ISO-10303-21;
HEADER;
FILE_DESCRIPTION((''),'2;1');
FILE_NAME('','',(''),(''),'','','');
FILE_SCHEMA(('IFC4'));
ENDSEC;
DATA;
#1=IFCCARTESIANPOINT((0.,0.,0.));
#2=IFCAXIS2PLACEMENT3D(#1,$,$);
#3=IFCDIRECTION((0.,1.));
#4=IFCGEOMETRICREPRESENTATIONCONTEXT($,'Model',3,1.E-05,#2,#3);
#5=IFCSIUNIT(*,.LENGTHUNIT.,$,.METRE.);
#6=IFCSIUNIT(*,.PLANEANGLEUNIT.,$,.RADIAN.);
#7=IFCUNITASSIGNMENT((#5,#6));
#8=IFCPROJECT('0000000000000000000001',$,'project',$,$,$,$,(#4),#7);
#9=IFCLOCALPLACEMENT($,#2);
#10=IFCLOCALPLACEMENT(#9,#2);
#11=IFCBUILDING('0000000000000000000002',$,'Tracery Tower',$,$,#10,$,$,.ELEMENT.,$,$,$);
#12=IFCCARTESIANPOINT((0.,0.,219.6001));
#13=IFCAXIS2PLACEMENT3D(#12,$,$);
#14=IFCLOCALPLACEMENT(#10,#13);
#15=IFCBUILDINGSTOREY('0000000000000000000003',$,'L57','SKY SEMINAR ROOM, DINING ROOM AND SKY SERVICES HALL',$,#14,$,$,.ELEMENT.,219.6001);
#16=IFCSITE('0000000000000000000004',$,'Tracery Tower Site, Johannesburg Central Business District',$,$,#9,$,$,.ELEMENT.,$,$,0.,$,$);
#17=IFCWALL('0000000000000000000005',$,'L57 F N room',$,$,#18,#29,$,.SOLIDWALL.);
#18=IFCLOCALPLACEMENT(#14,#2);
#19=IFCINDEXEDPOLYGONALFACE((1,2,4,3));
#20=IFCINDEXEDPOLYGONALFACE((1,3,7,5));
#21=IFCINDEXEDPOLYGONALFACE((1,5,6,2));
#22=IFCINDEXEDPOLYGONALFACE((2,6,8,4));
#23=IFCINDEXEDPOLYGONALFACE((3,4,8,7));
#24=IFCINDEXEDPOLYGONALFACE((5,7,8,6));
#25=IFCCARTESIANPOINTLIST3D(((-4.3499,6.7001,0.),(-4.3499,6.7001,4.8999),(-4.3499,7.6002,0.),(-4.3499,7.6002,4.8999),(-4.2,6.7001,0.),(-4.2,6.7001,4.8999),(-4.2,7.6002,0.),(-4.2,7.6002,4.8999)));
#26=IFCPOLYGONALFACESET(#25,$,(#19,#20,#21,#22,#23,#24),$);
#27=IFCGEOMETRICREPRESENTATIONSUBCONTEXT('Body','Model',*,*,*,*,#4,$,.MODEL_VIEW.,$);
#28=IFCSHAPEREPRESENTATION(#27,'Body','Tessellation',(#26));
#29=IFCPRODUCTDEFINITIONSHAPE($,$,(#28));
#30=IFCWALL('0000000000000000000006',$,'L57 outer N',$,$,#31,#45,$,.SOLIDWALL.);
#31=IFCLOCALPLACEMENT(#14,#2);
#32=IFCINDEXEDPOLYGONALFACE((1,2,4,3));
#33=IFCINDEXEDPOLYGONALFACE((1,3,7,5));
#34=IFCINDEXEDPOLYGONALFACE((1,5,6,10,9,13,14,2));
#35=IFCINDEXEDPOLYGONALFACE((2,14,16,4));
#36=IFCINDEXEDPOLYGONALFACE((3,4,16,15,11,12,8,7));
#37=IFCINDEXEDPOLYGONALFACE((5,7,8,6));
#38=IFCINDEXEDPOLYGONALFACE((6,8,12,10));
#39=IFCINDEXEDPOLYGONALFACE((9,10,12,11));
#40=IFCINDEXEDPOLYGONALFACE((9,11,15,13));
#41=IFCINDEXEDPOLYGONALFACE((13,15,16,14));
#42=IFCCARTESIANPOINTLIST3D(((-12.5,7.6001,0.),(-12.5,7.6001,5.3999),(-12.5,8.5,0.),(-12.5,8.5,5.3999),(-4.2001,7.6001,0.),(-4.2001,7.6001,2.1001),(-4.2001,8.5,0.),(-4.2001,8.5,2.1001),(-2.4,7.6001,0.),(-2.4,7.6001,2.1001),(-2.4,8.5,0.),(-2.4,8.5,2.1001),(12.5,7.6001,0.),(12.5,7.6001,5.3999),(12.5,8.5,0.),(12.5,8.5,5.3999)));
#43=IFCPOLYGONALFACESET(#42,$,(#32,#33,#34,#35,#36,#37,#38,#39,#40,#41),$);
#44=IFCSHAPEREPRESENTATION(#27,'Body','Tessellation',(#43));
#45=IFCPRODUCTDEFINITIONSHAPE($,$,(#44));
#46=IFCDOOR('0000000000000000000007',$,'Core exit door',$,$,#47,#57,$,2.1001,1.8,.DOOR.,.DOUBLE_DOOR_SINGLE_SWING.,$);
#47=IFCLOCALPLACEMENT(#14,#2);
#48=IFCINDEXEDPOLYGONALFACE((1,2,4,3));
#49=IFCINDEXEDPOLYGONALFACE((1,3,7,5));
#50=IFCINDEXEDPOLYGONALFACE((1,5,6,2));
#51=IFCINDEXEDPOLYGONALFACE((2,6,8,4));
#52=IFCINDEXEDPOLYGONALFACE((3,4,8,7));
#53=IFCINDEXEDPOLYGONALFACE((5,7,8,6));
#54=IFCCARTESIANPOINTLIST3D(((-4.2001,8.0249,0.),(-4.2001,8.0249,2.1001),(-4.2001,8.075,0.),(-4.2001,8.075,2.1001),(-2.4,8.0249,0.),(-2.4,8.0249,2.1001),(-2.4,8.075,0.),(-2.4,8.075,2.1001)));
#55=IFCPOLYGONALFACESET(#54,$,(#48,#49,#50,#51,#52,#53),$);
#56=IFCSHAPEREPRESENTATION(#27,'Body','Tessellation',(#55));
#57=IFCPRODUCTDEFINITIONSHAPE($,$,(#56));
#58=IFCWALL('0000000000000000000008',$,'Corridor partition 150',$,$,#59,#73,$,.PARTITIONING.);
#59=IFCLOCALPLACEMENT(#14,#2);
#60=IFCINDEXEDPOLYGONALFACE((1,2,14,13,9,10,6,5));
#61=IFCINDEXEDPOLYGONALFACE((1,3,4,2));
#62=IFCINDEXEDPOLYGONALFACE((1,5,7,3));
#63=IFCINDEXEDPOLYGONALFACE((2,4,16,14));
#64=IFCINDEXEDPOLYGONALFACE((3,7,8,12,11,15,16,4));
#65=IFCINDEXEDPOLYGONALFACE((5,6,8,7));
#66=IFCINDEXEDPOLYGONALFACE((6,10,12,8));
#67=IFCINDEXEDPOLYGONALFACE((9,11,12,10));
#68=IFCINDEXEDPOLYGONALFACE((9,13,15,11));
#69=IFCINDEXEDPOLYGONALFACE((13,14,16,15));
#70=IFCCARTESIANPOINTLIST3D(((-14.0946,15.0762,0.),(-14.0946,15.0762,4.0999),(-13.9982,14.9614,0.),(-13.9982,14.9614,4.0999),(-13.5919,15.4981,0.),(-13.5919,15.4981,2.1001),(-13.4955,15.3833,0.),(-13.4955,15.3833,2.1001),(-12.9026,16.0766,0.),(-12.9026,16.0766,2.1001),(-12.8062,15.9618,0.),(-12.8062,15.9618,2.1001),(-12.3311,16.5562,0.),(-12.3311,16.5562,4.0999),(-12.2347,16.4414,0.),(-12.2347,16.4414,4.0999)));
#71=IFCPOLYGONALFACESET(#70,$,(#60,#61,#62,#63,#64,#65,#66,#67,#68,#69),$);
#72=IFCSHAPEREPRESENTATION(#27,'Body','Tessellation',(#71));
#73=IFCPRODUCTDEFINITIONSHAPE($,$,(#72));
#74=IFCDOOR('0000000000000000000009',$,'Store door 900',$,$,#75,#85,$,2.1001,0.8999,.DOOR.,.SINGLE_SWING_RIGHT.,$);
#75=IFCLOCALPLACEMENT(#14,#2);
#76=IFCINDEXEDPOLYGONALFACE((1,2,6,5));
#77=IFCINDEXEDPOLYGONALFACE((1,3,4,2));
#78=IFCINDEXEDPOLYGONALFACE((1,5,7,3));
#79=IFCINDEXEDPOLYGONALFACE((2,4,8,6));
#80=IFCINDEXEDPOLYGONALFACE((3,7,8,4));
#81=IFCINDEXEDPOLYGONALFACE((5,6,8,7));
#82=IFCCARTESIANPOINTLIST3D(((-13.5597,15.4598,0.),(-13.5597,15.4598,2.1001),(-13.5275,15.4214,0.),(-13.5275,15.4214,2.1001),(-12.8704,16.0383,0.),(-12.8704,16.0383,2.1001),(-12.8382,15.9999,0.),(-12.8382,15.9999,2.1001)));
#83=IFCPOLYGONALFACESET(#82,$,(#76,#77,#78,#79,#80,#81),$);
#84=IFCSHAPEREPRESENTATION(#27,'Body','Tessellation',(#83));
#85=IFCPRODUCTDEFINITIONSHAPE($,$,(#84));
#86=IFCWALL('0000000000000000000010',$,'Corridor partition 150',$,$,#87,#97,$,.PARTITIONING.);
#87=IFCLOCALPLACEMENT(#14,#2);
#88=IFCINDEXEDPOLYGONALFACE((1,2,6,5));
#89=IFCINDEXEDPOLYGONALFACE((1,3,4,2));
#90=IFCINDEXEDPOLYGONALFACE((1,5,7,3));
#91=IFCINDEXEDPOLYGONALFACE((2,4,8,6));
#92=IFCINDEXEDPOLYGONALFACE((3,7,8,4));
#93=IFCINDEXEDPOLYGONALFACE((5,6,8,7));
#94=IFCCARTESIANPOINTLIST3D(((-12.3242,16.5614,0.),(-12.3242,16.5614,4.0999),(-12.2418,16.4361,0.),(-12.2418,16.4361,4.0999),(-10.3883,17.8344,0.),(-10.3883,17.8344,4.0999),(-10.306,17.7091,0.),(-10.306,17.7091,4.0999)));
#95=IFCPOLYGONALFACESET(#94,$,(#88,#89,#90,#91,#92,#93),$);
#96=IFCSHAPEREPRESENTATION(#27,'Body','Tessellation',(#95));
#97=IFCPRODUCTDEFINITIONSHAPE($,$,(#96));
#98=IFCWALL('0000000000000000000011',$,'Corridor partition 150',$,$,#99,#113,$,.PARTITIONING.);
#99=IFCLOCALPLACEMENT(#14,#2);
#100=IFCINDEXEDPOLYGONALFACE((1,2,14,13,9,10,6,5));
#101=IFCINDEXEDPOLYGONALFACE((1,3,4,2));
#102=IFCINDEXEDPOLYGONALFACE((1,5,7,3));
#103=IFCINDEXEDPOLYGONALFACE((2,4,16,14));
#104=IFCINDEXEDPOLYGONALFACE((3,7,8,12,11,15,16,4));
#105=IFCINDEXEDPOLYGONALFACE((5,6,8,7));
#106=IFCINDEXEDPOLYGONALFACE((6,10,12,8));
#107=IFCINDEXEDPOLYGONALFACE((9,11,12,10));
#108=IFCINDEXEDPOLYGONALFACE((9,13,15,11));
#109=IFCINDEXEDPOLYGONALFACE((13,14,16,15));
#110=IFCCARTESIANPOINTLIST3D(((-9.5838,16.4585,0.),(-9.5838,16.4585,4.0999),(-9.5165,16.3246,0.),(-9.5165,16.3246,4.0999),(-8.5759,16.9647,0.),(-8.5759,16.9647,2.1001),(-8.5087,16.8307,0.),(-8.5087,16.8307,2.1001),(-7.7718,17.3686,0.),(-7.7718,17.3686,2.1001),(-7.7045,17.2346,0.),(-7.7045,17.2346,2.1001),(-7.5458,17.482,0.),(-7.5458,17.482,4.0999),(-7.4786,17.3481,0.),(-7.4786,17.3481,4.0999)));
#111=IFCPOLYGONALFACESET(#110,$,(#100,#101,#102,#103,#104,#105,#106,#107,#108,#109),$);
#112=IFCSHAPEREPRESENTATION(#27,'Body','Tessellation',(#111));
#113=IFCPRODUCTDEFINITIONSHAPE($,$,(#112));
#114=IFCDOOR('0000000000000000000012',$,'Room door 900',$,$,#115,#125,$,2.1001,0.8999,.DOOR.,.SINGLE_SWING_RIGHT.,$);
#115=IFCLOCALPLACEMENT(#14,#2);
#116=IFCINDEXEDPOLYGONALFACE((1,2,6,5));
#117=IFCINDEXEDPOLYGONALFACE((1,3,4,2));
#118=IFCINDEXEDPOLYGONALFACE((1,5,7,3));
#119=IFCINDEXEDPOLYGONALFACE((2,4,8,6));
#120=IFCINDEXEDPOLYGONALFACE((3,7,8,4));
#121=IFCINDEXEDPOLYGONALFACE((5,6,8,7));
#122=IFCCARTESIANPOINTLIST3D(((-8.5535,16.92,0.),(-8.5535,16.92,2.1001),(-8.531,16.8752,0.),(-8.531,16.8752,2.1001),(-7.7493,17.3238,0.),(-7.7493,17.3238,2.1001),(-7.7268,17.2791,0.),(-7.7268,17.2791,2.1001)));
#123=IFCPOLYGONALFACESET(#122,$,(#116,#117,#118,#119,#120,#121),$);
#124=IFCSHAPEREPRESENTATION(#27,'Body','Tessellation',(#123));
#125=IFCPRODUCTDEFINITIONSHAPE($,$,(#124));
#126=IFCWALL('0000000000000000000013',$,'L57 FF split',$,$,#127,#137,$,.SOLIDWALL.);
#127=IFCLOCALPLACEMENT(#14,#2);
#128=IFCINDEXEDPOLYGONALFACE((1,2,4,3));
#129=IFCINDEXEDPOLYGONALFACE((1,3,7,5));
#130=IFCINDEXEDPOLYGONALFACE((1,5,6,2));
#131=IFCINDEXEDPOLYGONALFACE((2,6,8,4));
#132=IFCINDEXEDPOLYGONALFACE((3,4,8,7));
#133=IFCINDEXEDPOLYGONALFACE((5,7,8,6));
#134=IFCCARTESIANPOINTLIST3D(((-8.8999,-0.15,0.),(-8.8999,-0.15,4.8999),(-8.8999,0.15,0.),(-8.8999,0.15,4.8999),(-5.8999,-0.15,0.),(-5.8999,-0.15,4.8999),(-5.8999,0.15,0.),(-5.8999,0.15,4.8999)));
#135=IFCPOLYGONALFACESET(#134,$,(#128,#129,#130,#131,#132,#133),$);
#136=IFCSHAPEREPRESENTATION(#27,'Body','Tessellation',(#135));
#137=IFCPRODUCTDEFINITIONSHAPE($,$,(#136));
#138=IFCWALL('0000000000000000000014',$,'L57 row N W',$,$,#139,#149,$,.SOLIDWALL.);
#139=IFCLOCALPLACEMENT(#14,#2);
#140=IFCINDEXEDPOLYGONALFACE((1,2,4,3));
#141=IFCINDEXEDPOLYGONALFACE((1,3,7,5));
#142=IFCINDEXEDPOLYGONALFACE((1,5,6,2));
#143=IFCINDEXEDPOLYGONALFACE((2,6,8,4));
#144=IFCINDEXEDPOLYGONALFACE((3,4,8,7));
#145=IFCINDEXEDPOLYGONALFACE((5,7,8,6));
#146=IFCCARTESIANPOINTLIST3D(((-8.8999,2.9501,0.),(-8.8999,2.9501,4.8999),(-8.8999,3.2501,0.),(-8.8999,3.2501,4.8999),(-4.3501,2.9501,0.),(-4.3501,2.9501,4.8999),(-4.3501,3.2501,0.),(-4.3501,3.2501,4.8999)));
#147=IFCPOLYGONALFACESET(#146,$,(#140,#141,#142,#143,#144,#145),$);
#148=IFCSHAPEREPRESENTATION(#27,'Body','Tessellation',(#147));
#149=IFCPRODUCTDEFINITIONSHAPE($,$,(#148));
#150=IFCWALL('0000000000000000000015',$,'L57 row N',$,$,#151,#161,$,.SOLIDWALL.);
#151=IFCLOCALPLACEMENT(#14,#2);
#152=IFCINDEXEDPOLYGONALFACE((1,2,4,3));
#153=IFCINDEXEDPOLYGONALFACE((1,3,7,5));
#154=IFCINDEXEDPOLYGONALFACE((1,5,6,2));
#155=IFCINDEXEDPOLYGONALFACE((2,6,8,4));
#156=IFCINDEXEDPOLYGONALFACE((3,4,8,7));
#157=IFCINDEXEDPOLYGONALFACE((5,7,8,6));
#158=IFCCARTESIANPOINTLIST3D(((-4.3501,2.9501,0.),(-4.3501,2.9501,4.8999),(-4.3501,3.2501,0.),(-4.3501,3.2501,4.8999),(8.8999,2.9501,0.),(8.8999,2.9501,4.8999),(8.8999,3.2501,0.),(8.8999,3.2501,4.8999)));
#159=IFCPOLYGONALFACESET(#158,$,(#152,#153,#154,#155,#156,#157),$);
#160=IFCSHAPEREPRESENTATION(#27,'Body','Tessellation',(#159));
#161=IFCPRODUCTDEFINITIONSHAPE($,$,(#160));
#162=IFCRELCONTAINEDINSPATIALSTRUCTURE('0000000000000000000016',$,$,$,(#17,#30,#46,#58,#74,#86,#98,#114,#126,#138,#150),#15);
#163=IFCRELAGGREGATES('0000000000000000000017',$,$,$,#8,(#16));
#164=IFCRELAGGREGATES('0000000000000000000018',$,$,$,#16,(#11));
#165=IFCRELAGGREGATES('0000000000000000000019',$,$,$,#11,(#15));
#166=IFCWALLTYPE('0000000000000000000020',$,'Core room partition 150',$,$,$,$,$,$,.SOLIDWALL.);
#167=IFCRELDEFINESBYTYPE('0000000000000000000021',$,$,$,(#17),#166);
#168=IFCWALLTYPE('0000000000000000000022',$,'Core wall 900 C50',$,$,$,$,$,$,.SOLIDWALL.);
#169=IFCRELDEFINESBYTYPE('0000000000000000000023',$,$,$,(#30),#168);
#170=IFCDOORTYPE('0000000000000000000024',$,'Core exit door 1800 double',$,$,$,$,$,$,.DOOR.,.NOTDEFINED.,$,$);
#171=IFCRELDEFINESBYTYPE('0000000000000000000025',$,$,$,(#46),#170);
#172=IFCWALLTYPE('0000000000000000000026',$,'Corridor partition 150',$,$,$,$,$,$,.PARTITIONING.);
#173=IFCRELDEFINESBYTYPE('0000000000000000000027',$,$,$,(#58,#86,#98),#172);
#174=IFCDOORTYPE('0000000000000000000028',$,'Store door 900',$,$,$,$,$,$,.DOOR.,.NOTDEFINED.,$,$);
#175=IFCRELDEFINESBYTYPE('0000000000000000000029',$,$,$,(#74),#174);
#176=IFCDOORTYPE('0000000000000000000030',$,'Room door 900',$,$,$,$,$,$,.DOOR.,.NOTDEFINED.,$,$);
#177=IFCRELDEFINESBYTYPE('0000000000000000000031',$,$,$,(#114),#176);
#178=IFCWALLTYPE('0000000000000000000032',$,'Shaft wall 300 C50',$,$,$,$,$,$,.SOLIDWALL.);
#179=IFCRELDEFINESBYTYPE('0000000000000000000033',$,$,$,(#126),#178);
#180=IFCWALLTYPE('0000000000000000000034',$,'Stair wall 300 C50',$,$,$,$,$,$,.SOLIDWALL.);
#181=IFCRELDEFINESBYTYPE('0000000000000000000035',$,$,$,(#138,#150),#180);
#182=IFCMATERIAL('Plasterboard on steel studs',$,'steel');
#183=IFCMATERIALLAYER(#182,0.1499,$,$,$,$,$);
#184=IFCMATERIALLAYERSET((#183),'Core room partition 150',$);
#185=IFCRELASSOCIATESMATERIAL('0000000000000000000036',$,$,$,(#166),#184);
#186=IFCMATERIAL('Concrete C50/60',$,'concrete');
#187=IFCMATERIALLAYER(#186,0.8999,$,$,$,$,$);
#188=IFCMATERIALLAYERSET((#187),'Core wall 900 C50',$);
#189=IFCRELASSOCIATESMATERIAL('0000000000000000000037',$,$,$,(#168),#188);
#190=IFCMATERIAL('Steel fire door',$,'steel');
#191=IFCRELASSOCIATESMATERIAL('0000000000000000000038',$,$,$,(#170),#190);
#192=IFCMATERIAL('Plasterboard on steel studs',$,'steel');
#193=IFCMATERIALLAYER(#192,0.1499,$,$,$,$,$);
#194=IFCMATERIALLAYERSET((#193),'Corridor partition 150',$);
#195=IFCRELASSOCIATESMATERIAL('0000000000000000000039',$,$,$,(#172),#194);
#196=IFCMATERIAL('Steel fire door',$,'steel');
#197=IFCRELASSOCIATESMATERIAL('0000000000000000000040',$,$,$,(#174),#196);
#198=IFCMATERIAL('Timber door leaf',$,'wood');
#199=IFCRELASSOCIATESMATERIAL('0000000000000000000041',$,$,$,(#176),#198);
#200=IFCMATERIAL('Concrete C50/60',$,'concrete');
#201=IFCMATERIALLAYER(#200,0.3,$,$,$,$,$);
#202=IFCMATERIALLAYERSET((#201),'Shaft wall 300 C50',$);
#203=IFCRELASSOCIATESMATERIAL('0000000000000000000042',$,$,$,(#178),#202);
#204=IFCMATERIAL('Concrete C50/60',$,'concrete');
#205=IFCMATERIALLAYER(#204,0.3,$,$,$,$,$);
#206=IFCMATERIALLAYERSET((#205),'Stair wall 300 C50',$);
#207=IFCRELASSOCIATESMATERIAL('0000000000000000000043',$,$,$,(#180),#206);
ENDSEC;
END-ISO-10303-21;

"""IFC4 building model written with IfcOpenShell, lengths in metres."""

from ifc_helpers import new_model, si_unit, direction, frame, frame_2d, origin, place, context, subcontext, project, spatial, rectangle, extrude, material, layer, layer_set, type_object, element, fill, save


model = new_model("IFC4")

# Units and contexts
model_context = context("Model", 3, precision=1e-05, world=origin(), true_north=direction((0.0, 1.0)))
body_context = subcontext(model_context, "Body", "Model", "MODEL_VIEW")
ifc_project = project(units=[si_unit("LENGTHUNIT", "METRE"), si_unit("PLANEANGLEUNIT", "RADIAN")], contexts=[model_context])

# Site, building, storey
site_placement = place(None, origin())
site = spatial("IfcSite", under=ifc_project, at=site_placement, Name="Tracery Tower Site, Johannesburg Central Business District", CompositionType="ELEMENT", RefElevation=0.0)
building_placement = place(site_placement, origin())
building = spatial("IfcBuilding", under=site, at=building_placement, Name="Tracery Tower", CompositionType="ELEMENT")
storey_placement = place(building_placement, frame((0.0, 0.0, 219.6001)))
storey = spatial("IfcBuildingStorey", under=building, at=storey_placement, Name="L57", Description="SKY SEMINAR ROOM, DINING ROOM AND SKY SERVICES HALL", CompositionType="ELEMENT", Elevation=219.6001)

# Wall
ifc_material_1 = material(Name="Plasterboard on steel studs", Category="steel")
ifc_layer_1 = layer(ifc_material_1, 0.1499)
ifc_layer_set_1 = layer_set([ifc_layer_1], Name="Core room partition 150")
wall_type_1 = type_object("IfcWallType", Name="Core room partition 150", PredefinedType="SOLIDWALL", material=ifc_layer_set_1)
wall_1_placement = place(storey_placement, frame((-4.2749, 6.7, 0.0), z_axis=(0.0, 0.0, 1.0), x_axis=(0.0, 1.0, 0.0)))
element("IfcWall", 1, at=wall_1_placement, inside=storey, type_object=wall_type_1, Name="L57 F N room", PredefinedType="SOLIDWALL", context=body_context, shape_type="SweptSolid", body=[
    extrude(rectangle(XDim=0.9001, YDim=0.1499, at=frame_2d((0.4502, 0.0))), origin(), (0.0, 0.0, 1.0), 4.8999),
])

# Walls, openings, doors
ifc_material_2 = material(Name="Concrete C50/60", Category="concrete")
ifc_layer_2 = layer(ifc_material_2, 0.8999)
ifc_layer_set_2 = layer_set([ifc_layer_2], Name="Core wall 900 C50")
wall_type_2 = type_object("IfcWallType", Name="Core wall 900 C50", PredefinedType="SOLIDWALL", material=ifc_layer_set_2)
wall_2_placement = place(storey_placement, frame((-12.5, 8.05, 0.0), z_axis=(0.0, 0.0, 1.0), x_axis=(1.0, 0.0, 0.0)))
wall_2 = element("IfcWall", 2, at=wall_2_placement, inside=storey, type_object=wall_type_2, Name="L57 outer N", PredefinedType="SOLIDWALL", context=body_context, shape_type="SweptSolid", body=[
    extrude(rectangle(XDim=25.0, YDim=0.8999, at=frame_2d((12.5, 0.0))), origin(), (0.0, 0.0, 1.0), 5.3999),
])
opening_1_placement = place(wall_2_placement, frame((8.3, 0.0, 0.0)))
opening_1 = element("IfcOpeningElement", 3, at=opening_1_placement, cuts=wall_2, PredefinedType="OPENING", context=body_context, shape_type="SweptSolid", body=[
    extrude(rectangle(XDim=1.8, YDim=2.1001, at=frame_2d((0.8999, 1.05))), frame((0.0, 0.45, 0.0), z_axis=(0.0, -1.0, 0.0), x_axis=(1.0, 0.0, 0.0)), (0.0, 0.0, 1.0), 0.8999),
])
ifc_material_3 = material(Name="Steel fire door", Category="steel")
door_type_1 = type_object("IfcDoorType", Name="Core exit door 1800 double", OperationType="NOTDEFINED", PredefinedType="DOOR", material=ifc_material_3)
door_1_placement = place(opening_1_placement, origin())
door_1 = element("IfcDoor", 4, at=door_1_placement, inside=storey, type_object=door_type_1, Name="Core exit door", OperationType="DOUBLE_DOOR_SINGLE_SWING", OverallHeight=2.1001, OverallWidth=1.8, PredefinedType="DOOR", context=body_context, shape_type="SweptSolid", body=[
    extrude(rectangle(XDim=1.8, YDim=2.1001, at=frame_2d((0.8999, 1.05))), frame((0.0, 0.0249, 0.0), z_axis=(0.0, -1.0, 0.0), x_axis=(1.0, 0.0, 0.0)), (0.0, 0.0, 1.0), 0.05),
])
fill(opening_1, door_1)
ifc_material_4 = material(Name="Plasterboard on steel studs", Category="steel")
ifc_layer_3 = layer(ifc_material_4, 0.1499)
ifc_layer_set_3 = layer_set([ifc_layer_3], Name="Corridor partition 150")
wall_type_3 = type_object("IfcWallType", Name="Corridor partition 150", PredefinedType="PARTITIONING", material=ifc_layer_set_3)
wall_3_placement = place(storey_placement, frame((-14.0464, 15.0188, 0.0), z_axis=(0.0, 0.0, 1.0), x_axis=(0.765983, 0.642861, 0.0)))
wall_3 = element("IfcWall", 5, at=wall_3_placement, inside=storey, type_object=wall_type_3, Name="Corridor partition 150", PredefinedType="PARTITIONING", context=body_context, shape_type="SweptSolid", body=[
    extrude(rectangle(XDim=2.3022, YDim=0.1499, at=frame_2d((1.1511, 0.0))), origin(), (0.0, 0.0, 1.0), 4.0999),
])
opening_2_placement = place(wall_3_placement, frame((0.6562, 0.0, 0.0)))
opening_2 = element("IfcOpeningElement", 6, at=opening_2_placement, cuts=wall_3, PredefinedType="OPENING", context=body_context, shape_type="SweptSolid", body=[
    extrude(rectangle(XDim=0.8999, YDim=2.1001, at=frame_2d((0.45, 1.05))), frame((0.0, 0.075, 0.0), z_axis=(0.0, -1.0, 0.0), x_axis=(1.0, 0.0, 0.0)), (0.0, 0.0, 1.0), 0.1499),
])
ifc_material_5 = material(Name="Steel fire door", Category="steel")
door_type_2 = type_object("IfcDoorType", Name="Store door 900", OperationType="NOTDEFINED", PredefinedType="DOOR", material=ifc_material_5)
door_2_placement = place(opening_2_placement, origin())
door_2 = element("IfcDoor", 7, at=door_2_placement, inside=storey, type_object=door_type_2, Name="Store door 900", OperationType="SINGLE_SWING_RIGHT", OverallHeight=2.1001, OverallWidth=0.8999, PredefinedType="DOOR", context=body_context, shape_type="SweptSolid", body=[
    extrude(rectangle(XDim=0.8999, YDim=2.1001, at=frame_2d((0.45, 1.05))), frame((0.0, 0.0249, 0.0), z_axis=(0.0, -1.0, 0.0), x_axis=(1.0, 0.0, 0.0)), (0.0, 0.0, 1.0), 0.05),
])
fill(opening_2, door_2)

# Wall
wall_4_placement = place(storey_placement, frame((-10.3472, 17.7717, 0.0), z_axis=(0.0, 0.0, 1.0), x_axis=(-0.835535, -0.549436, 0.0)))
element("IfcWall", 8, at=wall_4_placement, inside=storey, type_object=wall_type_3, Name="Corridor partition 150", PredefinedType="PARTITIONING", context=body_context, shape_type="SweptSolid", body=[
    extrude(rectangle(XDim=2.3169, YDim=0.1499, at=frame_2d((1.1584, 0.0))), origin(), (0.0, 0.0, 1.0), 4.0999),
])

# Wall, opening, door
wall_5_placement = place(storey_placement, frame((-9.55, 16.3916, 0.0), z_axis=(0.0, 0.0, 1.0), x_axis=(0.893634, 0.448797, 0.0)))
wall_5 = element("IfcWall", 9, at=wall_5_placement, inside=storey, type_object=wall_type_3, Name="Corridor partition 150", PredefinedType="PARTITIONING", context=body_context, shape_type="SweptSolid", body=[
    extrude(rectangle(XDim=2.2805, YDim=0.1499, at=frame_2d((1.1401, 0.0))), origin(), (0.0, 0.0, 1.0), 4.0999),
])
opening_3_placement = place(wall_5_placement, frame((1.1277, 0.0, 0.0)))
opening_3 = element("IfcOpeningElement", 10, at=opening_3_placement, cuts=wall_5, PredefinedType="OPENING", context=body_context, shape_type="SweptSolid", body=[
    extrude(rectangle(XDim=0.8999, YDim=2.1001, at=frame_2d((0.45, 1.05))), frame((0.0, 0.075, 0.0), z_axis=(0.0, -1.0, 0.0), x_axis=(1.0, 0.0, 0.0)), (0.0, 0.0, 1.0), 0.1499),
])
ifc_material_6 = material(Name="Timber door leaf", Category="wood")
door_type_3 = type_object("IfcDoorType", Name="Room door 900", OperationType="NOTDEFINED", PredefinedType="DOOR", material=ifc_material_6)
door_3_placement = place(opening_3_placement, origin())
door_3 = element("IfcDoor", 11, at=door_3_placement, inside=storey, type_object=door_type_3, Name="Room door 900", OperationType="SINGLE_SWING_RIGHT", OverallHeight=2.1001, OverallWidth=0.8999, PredefinedType="DOOR", context=body_context, shape_type="SweptSolid", body=[
    extrude(rectangle(XDim=0.8999, YDim=2.1001, at=frame_2d((0.45, 1.05))), frame((0.0, 0.0249, 0.0), z_axis=(0.0, -1.0, 0.0), x_axis=(1.0, 0.0, 0.0)), (0.0, 0.0, 1.0), 0.05),
])
fill(opening_3, door_3)

# Wall
ifc_material_7 = material(Name="Concrete C50/60", Category="concrete")
ifc_layer_4 = layer(ifc_material_7, 0.3)
ifc_layer_set_4 = layer_set([ifc_layer_4], Name="Shaft wall 300 C50")
wall_type_4 = type_object("IfcWallType", Name="Shaft wall 300 C50", PredefinedType="SOLIDWALL", material=ifc_layer_set_4)
wall_6_placement = place(storey_placement, frame((-8.8999, 0.0, 0.0), z_axis=(0.0, 0.0, 1.0), x_axis=(1.0, 0.0, 0.0)))
element("IfcWall", 12, at=wall_6_placement, inside=storey, type_object=wall_type_4, Name="L57 FF split", PredefinedType="SOLIDWALL", context=body_context, shape_type="SweptSolid", body=[
    extrude(rectangle(XDim=3.0, YDim=0.3, at=frame_2d((1.5, 0.0))), origin(), (0.0, 0.0, 1.0), 4.8999),
])

# Walls
ifc_material_8 = material(Name="Concrete C50/60", Category="concrete")
ifc_layer_5 = layer(ifc_material_8, 0.3)
ifc_layer_set_5 = layer_set([ifc_layer_5], Name="Stair wall 300 C50")
wall_type_5 = type_object("IfcWallType", Name="Stair wall 300 C50", PredefinedType="SOLIDWALL", material=ifc_layer_set_5)
wall_7_placement = place(storey_placement, frame((-8.8999, 3.1001, 0.0), z_axis=(0.0, 0.0, 1.0), x_axis=(1.0, 0.0, 0.0)))
element("IfcWall", 13, at=wall_7_placement, inside=storey, type_object=wall_type_5, Name="L57 row N W", PredefinedType="SOLIDWALL", context=body_context, shape_type="SweptSolid", body=[
    extrude(rectangle(XDim=4.5498, YDim=0.3, at=frame_2d((2.2749, 0.0))), origin(), (0.0, 0.0, 1.0), 4.8999),
])
wall_8_placement = place(storey_placement, frame((-4.3501, 3.1001, 0.0), z_axis=(0.0, 0.0, 1.0), x_axis=(1.0, 0.0, 0.0)))
element("IfcWall", 14, at=wall_8_placement, inside=storey, type_object=wall_type_5, Name="L57 row N", PredefinedType="SOLIDWALL", context=body_context, shape_type="SweptSolid", body=[
    extrude(rectangle(XDim=13.25, YDim=0.3, at=frame_2d((6.625, 0.0))), origin(), (0.0, 0.0, 1.0), 4.8999),
])

save(model, "model.ifc")
